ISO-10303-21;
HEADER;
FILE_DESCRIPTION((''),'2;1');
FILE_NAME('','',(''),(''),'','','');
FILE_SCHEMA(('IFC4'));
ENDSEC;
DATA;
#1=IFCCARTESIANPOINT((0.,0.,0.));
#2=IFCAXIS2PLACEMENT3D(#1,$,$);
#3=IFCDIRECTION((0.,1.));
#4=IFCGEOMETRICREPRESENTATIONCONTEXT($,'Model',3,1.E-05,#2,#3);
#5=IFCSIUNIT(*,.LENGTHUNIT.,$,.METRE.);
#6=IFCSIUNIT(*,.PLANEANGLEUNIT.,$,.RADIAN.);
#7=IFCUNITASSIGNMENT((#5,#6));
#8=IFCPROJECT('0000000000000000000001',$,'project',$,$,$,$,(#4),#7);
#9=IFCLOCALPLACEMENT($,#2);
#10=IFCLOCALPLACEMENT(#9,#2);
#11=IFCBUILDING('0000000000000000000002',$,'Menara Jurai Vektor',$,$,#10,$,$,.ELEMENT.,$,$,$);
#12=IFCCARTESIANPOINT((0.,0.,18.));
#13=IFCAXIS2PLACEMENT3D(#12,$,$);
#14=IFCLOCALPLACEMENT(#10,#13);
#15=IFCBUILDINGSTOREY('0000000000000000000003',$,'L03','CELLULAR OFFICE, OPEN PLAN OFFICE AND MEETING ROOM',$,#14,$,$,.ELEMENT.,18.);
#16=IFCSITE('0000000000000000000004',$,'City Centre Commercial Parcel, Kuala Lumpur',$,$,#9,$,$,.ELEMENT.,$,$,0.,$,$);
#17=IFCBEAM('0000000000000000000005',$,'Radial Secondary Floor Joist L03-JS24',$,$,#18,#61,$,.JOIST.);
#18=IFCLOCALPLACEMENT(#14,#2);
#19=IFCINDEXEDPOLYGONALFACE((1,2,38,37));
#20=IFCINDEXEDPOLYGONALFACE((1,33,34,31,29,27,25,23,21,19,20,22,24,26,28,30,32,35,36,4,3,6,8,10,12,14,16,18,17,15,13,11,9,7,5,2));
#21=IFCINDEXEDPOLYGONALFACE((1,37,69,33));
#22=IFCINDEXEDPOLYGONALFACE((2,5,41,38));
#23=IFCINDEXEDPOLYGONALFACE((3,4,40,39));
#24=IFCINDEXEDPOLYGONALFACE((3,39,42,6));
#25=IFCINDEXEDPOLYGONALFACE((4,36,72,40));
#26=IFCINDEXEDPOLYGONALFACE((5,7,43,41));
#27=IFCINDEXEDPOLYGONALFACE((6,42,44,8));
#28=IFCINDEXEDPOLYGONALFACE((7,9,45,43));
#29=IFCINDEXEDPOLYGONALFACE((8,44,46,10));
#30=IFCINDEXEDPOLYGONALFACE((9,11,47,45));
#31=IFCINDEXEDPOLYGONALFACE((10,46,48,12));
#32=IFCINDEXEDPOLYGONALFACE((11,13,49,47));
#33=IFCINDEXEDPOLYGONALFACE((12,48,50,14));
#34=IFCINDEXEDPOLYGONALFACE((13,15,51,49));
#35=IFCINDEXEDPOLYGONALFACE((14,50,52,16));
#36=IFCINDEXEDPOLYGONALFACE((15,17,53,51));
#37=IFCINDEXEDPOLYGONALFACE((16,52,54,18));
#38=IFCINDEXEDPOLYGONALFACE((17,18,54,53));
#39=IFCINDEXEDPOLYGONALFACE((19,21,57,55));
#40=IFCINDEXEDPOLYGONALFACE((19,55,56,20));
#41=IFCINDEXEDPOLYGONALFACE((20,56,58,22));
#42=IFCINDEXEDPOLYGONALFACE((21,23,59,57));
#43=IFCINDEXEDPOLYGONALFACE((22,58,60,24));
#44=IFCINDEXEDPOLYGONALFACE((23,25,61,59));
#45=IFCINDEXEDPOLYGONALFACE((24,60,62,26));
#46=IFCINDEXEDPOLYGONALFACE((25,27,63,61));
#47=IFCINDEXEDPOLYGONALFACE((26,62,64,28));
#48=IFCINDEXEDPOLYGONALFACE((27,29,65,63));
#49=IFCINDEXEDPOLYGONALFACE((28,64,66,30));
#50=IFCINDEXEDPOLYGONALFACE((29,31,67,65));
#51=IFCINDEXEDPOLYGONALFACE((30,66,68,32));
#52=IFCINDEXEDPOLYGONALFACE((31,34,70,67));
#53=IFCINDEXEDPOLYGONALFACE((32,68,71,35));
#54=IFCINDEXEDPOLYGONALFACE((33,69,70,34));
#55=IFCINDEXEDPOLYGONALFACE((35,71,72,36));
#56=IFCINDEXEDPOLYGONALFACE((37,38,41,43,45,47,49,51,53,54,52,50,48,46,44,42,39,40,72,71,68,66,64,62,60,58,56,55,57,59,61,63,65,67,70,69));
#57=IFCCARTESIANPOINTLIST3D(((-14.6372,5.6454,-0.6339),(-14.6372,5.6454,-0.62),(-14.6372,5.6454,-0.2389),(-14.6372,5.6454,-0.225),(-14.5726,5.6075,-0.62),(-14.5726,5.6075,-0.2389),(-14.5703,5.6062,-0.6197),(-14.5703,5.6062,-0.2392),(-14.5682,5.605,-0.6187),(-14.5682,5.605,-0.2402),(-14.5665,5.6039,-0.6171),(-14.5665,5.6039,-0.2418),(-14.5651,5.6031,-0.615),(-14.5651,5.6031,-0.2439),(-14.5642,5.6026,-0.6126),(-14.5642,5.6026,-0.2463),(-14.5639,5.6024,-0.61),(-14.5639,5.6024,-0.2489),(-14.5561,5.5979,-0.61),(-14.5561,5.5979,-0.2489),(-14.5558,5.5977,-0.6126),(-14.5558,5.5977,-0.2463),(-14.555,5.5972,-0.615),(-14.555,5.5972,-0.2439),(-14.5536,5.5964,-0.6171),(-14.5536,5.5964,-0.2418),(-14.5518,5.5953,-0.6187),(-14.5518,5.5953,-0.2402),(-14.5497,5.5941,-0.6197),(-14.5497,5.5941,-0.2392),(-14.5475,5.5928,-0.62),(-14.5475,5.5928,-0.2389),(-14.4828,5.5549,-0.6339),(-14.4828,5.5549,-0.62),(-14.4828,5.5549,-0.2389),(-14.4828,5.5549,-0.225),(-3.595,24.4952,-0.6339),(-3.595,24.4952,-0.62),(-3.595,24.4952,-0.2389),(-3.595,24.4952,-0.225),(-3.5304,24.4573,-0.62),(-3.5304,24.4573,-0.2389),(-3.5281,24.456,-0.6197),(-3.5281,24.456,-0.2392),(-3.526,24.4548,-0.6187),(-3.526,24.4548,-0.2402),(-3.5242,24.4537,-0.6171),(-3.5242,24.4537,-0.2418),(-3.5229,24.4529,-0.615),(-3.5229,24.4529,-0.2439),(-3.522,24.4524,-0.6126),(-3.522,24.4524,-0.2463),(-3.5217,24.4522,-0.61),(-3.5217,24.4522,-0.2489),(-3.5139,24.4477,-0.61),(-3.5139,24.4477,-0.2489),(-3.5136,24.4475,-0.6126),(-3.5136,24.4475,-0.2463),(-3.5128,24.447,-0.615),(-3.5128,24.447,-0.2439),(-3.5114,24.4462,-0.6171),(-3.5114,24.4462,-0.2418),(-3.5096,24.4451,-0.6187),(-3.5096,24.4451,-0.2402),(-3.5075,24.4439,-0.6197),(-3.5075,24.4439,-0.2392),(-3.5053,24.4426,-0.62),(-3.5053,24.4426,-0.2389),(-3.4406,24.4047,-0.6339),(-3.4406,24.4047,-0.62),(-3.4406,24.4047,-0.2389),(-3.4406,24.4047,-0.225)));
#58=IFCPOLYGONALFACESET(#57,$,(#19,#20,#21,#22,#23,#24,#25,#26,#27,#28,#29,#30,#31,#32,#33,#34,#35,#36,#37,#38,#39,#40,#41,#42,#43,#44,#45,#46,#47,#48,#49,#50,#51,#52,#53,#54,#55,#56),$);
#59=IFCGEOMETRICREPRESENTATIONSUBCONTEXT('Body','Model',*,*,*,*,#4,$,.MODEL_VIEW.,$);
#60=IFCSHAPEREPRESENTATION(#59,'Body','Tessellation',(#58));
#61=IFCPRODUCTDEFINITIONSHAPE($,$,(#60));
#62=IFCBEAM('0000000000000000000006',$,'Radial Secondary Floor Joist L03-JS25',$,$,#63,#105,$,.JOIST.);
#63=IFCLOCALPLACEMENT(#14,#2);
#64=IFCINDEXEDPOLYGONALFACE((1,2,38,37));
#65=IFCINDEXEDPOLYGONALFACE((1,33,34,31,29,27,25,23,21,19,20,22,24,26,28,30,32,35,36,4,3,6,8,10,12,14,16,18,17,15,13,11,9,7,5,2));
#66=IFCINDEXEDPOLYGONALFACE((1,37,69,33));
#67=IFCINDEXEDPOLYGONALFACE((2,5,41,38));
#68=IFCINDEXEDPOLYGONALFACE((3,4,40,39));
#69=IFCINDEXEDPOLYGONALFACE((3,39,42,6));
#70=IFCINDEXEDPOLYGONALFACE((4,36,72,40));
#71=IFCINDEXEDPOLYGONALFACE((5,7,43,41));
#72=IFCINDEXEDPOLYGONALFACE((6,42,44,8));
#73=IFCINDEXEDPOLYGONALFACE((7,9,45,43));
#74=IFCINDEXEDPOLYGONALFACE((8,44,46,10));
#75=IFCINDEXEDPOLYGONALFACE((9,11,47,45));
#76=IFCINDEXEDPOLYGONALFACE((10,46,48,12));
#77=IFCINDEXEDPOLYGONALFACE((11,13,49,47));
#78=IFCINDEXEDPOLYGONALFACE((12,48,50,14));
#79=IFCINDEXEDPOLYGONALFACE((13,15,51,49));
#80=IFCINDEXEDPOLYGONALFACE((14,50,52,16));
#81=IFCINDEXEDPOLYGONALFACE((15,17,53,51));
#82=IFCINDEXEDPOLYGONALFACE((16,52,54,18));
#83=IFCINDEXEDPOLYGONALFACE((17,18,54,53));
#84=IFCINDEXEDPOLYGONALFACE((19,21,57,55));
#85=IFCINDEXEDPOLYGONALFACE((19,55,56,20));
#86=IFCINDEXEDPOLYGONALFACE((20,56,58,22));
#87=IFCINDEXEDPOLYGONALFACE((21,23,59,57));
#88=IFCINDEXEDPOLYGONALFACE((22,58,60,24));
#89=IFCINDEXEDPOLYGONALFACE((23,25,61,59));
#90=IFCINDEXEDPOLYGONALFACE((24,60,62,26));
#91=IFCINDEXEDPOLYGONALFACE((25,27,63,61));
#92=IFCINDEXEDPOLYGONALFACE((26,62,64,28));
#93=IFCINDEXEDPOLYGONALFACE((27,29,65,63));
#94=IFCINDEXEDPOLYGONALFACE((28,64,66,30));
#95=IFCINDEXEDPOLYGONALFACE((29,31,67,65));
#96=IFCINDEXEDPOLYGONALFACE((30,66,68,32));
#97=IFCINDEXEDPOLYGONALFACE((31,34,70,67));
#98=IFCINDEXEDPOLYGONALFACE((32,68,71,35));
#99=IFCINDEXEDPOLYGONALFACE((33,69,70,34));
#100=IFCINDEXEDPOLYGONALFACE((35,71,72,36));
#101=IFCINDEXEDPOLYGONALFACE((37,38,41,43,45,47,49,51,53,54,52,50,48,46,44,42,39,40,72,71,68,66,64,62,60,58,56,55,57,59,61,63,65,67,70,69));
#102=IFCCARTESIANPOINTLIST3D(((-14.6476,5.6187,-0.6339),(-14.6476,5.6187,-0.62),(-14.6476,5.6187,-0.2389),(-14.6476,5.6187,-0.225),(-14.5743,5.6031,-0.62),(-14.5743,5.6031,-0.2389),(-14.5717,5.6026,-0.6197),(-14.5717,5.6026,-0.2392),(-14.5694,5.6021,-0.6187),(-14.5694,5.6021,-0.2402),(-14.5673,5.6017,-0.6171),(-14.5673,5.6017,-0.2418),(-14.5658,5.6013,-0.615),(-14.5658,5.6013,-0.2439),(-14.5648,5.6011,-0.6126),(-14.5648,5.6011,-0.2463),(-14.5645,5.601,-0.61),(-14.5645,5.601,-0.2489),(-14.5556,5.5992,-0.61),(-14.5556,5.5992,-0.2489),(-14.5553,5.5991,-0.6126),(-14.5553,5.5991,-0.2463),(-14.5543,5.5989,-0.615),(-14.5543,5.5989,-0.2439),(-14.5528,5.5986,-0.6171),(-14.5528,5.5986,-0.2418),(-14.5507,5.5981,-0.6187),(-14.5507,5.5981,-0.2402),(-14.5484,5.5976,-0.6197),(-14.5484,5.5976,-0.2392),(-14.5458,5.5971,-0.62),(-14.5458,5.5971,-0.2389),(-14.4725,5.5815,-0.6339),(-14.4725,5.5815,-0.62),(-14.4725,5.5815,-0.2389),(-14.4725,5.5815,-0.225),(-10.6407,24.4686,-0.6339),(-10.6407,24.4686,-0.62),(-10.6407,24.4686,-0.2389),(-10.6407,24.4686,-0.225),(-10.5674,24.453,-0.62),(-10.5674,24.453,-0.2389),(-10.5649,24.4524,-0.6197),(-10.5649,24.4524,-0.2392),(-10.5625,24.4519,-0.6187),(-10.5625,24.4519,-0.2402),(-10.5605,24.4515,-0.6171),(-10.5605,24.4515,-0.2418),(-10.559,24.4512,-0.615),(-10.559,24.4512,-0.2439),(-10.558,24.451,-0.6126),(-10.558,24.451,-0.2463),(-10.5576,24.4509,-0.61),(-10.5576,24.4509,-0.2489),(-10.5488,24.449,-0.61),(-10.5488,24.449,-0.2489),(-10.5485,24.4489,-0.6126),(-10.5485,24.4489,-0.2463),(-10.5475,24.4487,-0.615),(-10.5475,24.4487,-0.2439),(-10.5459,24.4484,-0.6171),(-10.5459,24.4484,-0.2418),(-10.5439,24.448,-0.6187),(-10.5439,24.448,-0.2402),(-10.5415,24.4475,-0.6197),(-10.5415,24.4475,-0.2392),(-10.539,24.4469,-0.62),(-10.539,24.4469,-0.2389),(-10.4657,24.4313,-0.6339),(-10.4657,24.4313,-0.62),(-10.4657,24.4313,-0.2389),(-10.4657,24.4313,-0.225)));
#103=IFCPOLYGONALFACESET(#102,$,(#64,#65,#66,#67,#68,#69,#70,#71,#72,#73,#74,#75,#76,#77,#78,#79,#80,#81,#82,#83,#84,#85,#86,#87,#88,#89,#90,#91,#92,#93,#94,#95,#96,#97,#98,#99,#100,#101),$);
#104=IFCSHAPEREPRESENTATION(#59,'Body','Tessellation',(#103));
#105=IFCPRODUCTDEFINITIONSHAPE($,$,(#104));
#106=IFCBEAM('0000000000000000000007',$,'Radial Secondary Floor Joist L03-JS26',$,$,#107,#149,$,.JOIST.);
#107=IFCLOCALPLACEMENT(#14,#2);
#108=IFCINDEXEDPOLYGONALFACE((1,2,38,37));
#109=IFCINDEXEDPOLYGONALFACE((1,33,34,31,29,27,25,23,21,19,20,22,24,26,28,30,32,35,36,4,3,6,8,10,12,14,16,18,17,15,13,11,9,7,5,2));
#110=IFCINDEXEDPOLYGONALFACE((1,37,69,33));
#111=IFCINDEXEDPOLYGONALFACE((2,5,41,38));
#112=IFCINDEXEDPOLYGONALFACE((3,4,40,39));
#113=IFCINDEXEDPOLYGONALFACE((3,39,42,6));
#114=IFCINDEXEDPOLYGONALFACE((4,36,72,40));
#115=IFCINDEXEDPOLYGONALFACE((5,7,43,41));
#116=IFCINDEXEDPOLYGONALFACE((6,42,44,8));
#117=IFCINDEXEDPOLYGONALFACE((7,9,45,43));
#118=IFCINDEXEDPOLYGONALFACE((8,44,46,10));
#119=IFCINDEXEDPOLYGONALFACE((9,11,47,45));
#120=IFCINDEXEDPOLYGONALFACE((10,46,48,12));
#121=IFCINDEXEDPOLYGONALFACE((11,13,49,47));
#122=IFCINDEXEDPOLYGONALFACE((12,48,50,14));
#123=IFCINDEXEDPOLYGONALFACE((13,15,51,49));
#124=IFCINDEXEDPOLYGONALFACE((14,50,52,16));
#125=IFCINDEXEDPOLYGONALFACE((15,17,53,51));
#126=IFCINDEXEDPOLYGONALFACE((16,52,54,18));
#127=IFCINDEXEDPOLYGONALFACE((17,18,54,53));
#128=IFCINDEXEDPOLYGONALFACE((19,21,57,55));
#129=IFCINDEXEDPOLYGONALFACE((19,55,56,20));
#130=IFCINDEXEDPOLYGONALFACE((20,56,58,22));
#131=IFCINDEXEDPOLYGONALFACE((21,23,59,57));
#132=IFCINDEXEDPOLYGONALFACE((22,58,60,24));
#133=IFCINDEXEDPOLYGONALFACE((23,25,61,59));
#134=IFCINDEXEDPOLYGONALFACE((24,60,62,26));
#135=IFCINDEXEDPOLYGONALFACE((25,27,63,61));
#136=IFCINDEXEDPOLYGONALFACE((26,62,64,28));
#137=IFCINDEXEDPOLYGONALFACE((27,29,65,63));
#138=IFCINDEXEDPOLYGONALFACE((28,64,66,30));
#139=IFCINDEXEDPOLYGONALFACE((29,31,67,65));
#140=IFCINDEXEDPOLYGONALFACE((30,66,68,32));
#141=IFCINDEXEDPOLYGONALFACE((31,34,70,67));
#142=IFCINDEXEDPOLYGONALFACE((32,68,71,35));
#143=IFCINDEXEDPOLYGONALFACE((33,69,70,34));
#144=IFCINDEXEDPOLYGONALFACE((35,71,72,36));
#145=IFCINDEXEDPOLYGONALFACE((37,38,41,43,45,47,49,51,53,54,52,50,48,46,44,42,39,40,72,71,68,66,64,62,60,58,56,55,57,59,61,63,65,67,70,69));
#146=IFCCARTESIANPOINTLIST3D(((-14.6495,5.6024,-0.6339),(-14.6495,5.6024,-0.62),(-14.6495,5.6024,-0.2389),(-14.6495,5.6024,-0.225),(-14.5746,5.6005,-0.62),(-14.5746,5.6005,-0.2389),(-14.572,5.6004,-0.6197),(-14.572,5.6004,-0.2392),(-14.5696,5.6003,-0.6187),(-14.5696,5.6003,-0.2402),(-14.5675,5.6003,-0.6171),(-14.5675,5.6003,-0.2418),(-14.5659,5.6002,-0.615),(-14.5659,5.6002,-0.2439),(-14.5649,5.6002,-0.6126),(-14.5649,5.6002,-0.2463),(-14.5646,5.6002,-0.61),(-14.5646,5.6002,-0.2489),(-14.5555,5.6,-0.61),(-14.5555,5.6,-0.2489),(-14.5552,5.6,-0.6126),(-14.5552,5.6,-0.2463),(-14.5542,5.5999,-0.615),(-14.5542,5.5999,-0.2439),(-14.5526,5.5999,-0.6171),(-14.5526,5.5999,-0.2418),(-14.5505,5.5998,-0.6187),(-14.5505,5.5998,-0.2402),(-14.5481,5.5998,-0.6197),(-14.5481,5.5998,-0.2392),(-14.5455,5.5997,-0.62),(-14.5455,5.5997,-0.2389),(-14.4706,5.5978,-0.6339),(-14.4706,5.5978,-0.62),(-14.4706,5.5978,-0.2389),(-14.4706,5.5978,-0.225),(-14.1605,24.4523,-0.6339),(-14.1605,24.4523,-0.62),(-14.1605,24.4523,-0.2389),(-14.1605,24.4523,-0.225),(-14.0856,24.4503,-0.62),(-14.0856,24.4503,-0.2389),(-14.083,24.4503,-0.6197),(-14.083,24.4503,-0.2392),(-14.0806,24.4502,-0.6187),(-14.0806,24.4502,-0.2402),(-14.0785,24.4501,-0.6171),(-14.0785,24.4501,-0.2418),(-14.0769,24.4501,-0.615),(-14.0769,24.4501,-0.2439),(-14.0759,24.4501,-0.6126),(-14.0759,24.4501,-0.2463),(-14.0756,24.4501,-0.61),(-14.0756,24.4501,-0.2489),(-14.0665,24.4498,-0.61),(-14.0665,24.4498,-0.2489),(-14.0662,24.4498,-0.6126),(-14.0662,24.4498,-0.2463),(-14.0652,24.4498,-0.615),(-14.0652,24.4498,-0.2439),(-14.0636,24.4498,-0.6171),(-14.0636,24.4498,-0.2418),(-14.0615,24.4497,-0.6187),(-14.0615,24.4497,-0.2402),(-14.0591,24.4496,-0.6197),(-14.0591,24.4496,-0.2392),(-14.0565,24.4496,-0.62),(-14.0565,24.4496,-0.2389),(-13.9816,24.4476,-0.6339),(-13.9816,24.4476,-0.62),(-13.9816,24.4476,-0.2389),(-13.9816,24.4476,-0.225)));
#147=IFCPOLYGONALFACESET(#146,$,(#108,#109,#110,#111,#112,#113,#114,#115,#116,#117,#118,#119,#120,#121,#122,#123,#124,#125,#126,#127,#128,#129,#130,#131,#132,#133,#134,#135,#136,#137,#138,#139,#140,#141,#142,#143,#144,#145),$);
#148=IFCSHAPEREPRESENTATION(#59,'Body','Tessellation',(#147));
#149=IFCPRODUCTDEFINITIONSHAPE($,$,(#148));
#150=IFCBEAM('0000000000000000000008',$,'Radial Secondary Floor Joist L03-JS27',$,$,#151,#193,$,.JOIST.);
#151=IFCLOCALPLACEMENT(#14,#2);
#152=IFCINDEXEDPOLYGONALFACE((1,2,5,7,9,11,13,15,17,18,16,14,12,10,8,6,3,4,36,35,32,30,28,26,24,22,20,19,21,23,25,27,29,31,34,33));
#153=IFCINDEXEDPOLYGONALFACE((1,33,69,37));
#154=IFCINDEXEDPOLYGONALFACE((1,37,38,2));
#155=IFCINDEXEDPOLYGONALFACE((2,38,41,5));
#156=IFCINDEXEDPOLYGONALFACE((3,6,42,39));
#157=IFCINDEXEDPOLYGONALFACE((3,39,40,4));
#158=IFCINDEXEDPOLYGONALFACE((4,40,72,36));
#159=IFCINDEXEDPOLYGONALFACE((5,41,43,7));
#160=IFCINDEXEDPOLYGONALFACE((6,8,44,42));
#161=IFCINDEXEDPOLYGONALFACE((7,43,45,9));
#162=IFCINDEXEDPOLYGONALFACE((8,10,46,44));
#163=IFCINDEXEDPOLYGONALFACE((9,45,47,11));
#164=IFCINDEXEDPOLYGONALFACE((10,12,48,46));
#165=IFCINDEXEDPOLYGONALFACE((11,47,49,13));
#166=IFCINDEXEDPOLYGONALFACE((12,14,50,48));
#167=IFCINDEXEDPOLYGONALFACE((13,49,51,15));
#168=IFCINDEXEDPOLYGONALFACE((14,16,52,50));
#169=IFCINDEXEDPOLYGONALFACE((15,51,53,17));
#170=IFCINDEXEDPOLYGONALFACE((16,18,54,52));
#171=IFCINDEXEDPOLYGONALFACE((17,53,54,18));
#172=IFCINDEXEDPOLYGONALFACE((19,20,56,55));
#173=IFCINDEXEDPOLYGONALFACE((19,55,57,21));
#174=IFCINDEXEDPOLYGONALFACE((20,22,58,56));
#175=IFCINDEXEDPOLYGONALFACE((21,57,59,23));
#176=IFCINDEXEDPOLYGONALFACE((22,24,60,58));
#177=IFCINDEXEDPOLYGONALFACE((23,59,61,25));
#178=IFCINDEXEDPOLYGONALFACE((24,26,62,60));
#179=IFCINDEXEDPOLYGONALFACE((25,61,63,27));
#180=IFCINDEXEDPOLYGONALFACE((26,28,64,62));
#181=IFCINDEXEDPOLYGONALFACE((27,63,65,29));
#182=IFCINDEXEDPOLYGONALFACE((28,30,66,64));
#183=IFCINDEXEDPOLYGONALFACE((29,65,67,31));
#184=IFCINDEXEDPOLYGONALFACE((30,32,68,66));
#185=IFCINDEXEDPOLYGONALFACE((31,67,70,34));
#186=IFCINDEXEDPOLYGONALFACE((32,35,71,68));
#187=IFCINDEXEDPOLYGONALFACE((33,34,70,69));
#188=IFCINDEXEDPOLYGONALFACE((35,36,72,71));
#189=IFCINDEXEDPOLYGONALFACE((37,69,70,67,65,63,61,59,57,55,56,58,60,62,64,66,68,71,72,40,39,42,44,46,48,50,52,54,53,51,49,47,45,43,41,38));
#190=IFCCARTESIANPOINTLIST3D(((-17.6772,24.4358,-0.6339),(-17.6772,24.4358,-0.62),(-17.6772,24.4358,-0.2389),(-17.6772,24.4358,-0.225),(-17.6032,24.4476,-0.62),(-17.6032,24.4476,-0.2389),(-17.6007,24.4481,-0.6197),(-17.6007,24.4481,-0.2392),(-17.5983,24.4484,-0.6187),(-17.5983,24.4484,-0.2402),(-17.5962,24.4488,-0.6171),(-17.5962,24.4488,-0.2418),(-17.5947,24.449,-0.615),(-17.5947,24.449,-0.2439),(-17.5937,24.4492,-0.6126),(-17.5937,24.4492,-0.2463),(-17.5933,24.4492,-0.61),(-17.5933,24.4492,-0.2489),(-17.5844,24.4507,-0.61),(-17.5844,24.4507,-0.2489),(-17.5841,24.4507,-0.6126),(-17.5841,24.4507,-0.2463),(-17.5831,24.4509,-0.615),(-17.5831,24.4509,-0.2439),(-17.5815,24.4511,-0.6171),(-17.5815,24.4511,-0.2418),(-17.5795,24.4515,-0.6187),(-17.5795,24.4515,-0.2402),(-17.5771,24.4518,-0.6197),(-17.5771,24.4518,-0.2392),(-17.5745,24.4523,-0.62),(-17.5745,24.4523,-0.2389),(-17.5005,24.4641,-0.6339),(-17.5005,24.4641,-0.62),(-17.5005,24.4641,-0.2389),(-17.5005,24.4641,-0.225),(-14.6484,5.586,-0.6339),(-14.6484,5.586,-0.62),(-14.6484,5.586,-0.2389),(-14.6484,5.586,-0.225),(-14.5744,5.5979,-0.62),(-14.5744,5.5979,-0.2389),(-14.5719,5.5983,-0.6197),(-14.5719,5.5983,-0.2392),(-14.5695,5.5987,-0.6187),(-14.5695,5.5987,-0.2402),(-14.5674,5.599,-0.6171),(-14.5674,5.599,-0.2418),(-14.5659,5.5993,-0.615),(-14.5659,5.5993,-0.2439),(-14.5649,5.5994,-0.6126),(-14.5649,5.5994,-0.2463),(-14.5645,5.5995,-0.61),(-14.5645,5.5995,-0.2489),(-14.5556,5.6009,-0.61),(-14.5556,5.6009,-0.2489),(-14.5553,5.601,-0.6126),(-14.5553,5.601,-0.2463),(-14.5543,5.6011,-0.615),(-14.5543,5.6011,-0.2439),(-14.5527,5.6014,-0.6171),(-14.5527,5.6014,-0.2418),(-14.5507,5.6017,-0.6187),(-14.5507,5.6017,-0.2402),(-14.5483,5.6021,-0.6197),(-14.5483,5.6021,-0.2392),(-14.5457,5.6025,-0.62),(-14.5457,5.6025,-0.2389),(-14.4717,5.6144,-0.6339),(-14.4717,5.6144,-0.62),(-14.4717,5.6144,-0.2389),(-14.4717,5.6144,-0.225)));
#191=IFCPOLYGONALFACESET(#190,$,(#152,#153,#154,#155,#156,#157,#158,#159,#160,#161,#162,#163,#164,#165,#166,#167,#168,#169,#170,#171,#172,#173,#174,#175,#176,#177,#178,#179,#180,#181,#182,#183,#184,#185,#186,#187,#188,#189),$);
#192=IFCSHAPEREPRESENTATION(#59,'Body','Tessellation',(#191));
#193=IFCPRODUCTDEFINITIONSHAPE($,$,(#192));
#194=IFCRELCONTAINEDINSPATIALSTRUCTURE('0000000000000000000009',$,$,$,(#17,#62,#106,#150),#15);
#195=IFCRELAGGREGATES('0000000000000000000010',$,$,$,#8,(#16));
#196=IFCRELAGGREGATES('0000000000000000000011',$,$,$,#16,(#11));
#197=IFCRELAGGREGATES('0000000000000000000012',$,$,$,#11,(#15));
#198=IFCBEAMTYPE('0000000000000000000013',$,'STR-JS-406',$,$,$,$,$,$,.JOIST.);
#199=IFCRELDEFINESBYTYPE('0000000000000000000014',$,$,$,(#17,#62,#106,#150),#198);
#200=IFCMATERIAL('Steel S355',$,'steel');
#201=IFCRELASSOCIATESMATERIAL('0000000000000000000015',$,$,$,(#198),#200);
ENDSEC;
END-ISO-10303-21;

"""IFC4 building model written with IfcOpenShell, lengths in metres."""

from ifc_helpers import new_model, si_unit, direction, frame, origin, origin_2d, place, context, subcontext, project, spatial, i_section, extrude, material, material_profile, profile_set, type_object, element, save


model = new_model("IFC4")

# Units and contexts
model_context = context("Model", 3, precision=1e-05, world=origin(), true_north=direction((0.0, 1.0)))
body_context = subcontext(model_context, "Body", "Model", "MODEL_VIEW")
ifc_project = project(units=[si_unit("LENGTHUNIT", "METRE"), si_unit("PLANEANGLEUNIT", "RADIAN")], contexts=[model_context])

# Site, building, storey
site_placement = place(None, origin())
site = spatial("IfcSite", under=ifc_project, at=site_placement, Name="City Centre Commercial Parcel, Kuala Lumpur", CompositionType="ELEMENT", RefElevation=0.0)
building_placement = place(site_placement, origin())
building = spatial("IfcBuilding", under=site, at=building_placement, Name="Menara Jurai Vektor", CompositionType="ELEMENT")
storey_placement = place(building_placement, frame((0.0, 0.0, 18.0)))
storey = spatial("IfcBuildingStorey", under=building, at=storey_placement, Name="L03", Description="CELLULAR OFFICE, OPEN PLAN OFFICE AND MEETING ROOM", CompositionType="ELEMENT", Elevation=18.0)

# Beams
ifc_material_1 = material(Name="Steel S355", Category="steel")
ifc_material_profile_1 = material_profile(ifc_material_1, i_section(OverallWidth=0.179, OverallDepth=0.4089, WebThickness=0.009, FlangeThickness=0.0139, FilletRadius=0.01, at=origin_2d()), Name="UKB 406x178x67")
ifc_profile_set_1 = profile_set([ifc_material_profile_1], Name="Steel S355")
beam_type_1 = type_object("IfcBeamType", Name="STR-JS-406", PredefinedType="JOIST", material=ifc_profile_set_1)
beam_1_placement = place(storey_placement, frame((-3.5178, 24.45, -0.4294), z_axis=(-0.505458, -0.862851, 0.0), x_axis=(0.862851, -0.505458, 0.0)))
element("IfcBeam", 1, at=beam_1_placement, inside=storey, type_object=beam_type_1, Name="Radial Secondary Floor Joist L03-JS24", PredefinedType="JOIST", context=body_context, shape_type="SweptSolid", body=[
    extrude(i_section(OverallWidth=0.179, OverallDepth=0.4089, WebThickness=0.009, FlangeThickness=0.0139, FilletRadius=0.01, at=origin_2d()), origin(), (0.0, 0.0, 1.0), 21.8459),
])
beam_2_placement = place(storey_placement, frame((-10.5532, 24.45, -0.4294), z_axis=(-0.20792, -0.978146, 0.0), x_axis=(0.978146, -0.20792, 0.0)))
element("IfcBeam", 2, at=beam_2_placement, inside=storey, type_object=beam_type_1, Name="Radial Secondary Floor Joist L03-JS25", PredefinedType="JOIST", context=body_context, shape_type="SweptSolid", body=[
    extrude(i_section(OverallWidth=0.179, OverallDepth=0.4089, WebThickness=0.009, FlangeThickness=0.0139, FilletRadius=0.01, at=origin_2d()), origin(), (0.0, 0.0, 1.0), 19.271),
])
beam_3_placement = place(storey_placement, frame((-14.071, 24.45, -0.4294), z_axis=(-0.025934, -0.999664, 0.0), x_axis=(0.999664, -0.025934, 0.0)))
element("IfcBeam", 3, at=beam_3_placement, inside=storey, type_object=beam_type_1, Name="Radial Secondary Floor Joist L03-JS26", PredefinedType="JOIST", context=body_context, shape_type="SweptSolid", body=[
    extrude(i_section(OverallWidth=0.179, OverallDepth=0.4089, WebThickness=0.009, FlangeThickness=0.0139, FilletRadius=0.01, at=origin_2d()), origin(), (0.0, 0.0, 1.0), 18.8562),
])
beam_4_placement = place(storey_placement, frame((-17.5889, 24.45, -0.4294), z_axis=(0.158646, -0.987336, 0.0), x_axis=(0.987336, 0.158646, 0.0)))
element("IfcBeam", 4, at=beam_4_placement, inside=storey, type_object=beam_type_1, Name="Radial Secondary Floor Joist L03-JS27", PredefinedType="JOIST", context=body_context, shape_type="SweptSolid", body=[
    extrude(i_section(OverallWidth=0.179, OverallDepth=0.4089, WebThickness=0.009, FlangeThickness=0.0139, FilletRadius=0.01, at=origin_2d()), origin(), (0.0, 0.0, 1.0), 19.0916),
])

save(model, "model.ifc")
